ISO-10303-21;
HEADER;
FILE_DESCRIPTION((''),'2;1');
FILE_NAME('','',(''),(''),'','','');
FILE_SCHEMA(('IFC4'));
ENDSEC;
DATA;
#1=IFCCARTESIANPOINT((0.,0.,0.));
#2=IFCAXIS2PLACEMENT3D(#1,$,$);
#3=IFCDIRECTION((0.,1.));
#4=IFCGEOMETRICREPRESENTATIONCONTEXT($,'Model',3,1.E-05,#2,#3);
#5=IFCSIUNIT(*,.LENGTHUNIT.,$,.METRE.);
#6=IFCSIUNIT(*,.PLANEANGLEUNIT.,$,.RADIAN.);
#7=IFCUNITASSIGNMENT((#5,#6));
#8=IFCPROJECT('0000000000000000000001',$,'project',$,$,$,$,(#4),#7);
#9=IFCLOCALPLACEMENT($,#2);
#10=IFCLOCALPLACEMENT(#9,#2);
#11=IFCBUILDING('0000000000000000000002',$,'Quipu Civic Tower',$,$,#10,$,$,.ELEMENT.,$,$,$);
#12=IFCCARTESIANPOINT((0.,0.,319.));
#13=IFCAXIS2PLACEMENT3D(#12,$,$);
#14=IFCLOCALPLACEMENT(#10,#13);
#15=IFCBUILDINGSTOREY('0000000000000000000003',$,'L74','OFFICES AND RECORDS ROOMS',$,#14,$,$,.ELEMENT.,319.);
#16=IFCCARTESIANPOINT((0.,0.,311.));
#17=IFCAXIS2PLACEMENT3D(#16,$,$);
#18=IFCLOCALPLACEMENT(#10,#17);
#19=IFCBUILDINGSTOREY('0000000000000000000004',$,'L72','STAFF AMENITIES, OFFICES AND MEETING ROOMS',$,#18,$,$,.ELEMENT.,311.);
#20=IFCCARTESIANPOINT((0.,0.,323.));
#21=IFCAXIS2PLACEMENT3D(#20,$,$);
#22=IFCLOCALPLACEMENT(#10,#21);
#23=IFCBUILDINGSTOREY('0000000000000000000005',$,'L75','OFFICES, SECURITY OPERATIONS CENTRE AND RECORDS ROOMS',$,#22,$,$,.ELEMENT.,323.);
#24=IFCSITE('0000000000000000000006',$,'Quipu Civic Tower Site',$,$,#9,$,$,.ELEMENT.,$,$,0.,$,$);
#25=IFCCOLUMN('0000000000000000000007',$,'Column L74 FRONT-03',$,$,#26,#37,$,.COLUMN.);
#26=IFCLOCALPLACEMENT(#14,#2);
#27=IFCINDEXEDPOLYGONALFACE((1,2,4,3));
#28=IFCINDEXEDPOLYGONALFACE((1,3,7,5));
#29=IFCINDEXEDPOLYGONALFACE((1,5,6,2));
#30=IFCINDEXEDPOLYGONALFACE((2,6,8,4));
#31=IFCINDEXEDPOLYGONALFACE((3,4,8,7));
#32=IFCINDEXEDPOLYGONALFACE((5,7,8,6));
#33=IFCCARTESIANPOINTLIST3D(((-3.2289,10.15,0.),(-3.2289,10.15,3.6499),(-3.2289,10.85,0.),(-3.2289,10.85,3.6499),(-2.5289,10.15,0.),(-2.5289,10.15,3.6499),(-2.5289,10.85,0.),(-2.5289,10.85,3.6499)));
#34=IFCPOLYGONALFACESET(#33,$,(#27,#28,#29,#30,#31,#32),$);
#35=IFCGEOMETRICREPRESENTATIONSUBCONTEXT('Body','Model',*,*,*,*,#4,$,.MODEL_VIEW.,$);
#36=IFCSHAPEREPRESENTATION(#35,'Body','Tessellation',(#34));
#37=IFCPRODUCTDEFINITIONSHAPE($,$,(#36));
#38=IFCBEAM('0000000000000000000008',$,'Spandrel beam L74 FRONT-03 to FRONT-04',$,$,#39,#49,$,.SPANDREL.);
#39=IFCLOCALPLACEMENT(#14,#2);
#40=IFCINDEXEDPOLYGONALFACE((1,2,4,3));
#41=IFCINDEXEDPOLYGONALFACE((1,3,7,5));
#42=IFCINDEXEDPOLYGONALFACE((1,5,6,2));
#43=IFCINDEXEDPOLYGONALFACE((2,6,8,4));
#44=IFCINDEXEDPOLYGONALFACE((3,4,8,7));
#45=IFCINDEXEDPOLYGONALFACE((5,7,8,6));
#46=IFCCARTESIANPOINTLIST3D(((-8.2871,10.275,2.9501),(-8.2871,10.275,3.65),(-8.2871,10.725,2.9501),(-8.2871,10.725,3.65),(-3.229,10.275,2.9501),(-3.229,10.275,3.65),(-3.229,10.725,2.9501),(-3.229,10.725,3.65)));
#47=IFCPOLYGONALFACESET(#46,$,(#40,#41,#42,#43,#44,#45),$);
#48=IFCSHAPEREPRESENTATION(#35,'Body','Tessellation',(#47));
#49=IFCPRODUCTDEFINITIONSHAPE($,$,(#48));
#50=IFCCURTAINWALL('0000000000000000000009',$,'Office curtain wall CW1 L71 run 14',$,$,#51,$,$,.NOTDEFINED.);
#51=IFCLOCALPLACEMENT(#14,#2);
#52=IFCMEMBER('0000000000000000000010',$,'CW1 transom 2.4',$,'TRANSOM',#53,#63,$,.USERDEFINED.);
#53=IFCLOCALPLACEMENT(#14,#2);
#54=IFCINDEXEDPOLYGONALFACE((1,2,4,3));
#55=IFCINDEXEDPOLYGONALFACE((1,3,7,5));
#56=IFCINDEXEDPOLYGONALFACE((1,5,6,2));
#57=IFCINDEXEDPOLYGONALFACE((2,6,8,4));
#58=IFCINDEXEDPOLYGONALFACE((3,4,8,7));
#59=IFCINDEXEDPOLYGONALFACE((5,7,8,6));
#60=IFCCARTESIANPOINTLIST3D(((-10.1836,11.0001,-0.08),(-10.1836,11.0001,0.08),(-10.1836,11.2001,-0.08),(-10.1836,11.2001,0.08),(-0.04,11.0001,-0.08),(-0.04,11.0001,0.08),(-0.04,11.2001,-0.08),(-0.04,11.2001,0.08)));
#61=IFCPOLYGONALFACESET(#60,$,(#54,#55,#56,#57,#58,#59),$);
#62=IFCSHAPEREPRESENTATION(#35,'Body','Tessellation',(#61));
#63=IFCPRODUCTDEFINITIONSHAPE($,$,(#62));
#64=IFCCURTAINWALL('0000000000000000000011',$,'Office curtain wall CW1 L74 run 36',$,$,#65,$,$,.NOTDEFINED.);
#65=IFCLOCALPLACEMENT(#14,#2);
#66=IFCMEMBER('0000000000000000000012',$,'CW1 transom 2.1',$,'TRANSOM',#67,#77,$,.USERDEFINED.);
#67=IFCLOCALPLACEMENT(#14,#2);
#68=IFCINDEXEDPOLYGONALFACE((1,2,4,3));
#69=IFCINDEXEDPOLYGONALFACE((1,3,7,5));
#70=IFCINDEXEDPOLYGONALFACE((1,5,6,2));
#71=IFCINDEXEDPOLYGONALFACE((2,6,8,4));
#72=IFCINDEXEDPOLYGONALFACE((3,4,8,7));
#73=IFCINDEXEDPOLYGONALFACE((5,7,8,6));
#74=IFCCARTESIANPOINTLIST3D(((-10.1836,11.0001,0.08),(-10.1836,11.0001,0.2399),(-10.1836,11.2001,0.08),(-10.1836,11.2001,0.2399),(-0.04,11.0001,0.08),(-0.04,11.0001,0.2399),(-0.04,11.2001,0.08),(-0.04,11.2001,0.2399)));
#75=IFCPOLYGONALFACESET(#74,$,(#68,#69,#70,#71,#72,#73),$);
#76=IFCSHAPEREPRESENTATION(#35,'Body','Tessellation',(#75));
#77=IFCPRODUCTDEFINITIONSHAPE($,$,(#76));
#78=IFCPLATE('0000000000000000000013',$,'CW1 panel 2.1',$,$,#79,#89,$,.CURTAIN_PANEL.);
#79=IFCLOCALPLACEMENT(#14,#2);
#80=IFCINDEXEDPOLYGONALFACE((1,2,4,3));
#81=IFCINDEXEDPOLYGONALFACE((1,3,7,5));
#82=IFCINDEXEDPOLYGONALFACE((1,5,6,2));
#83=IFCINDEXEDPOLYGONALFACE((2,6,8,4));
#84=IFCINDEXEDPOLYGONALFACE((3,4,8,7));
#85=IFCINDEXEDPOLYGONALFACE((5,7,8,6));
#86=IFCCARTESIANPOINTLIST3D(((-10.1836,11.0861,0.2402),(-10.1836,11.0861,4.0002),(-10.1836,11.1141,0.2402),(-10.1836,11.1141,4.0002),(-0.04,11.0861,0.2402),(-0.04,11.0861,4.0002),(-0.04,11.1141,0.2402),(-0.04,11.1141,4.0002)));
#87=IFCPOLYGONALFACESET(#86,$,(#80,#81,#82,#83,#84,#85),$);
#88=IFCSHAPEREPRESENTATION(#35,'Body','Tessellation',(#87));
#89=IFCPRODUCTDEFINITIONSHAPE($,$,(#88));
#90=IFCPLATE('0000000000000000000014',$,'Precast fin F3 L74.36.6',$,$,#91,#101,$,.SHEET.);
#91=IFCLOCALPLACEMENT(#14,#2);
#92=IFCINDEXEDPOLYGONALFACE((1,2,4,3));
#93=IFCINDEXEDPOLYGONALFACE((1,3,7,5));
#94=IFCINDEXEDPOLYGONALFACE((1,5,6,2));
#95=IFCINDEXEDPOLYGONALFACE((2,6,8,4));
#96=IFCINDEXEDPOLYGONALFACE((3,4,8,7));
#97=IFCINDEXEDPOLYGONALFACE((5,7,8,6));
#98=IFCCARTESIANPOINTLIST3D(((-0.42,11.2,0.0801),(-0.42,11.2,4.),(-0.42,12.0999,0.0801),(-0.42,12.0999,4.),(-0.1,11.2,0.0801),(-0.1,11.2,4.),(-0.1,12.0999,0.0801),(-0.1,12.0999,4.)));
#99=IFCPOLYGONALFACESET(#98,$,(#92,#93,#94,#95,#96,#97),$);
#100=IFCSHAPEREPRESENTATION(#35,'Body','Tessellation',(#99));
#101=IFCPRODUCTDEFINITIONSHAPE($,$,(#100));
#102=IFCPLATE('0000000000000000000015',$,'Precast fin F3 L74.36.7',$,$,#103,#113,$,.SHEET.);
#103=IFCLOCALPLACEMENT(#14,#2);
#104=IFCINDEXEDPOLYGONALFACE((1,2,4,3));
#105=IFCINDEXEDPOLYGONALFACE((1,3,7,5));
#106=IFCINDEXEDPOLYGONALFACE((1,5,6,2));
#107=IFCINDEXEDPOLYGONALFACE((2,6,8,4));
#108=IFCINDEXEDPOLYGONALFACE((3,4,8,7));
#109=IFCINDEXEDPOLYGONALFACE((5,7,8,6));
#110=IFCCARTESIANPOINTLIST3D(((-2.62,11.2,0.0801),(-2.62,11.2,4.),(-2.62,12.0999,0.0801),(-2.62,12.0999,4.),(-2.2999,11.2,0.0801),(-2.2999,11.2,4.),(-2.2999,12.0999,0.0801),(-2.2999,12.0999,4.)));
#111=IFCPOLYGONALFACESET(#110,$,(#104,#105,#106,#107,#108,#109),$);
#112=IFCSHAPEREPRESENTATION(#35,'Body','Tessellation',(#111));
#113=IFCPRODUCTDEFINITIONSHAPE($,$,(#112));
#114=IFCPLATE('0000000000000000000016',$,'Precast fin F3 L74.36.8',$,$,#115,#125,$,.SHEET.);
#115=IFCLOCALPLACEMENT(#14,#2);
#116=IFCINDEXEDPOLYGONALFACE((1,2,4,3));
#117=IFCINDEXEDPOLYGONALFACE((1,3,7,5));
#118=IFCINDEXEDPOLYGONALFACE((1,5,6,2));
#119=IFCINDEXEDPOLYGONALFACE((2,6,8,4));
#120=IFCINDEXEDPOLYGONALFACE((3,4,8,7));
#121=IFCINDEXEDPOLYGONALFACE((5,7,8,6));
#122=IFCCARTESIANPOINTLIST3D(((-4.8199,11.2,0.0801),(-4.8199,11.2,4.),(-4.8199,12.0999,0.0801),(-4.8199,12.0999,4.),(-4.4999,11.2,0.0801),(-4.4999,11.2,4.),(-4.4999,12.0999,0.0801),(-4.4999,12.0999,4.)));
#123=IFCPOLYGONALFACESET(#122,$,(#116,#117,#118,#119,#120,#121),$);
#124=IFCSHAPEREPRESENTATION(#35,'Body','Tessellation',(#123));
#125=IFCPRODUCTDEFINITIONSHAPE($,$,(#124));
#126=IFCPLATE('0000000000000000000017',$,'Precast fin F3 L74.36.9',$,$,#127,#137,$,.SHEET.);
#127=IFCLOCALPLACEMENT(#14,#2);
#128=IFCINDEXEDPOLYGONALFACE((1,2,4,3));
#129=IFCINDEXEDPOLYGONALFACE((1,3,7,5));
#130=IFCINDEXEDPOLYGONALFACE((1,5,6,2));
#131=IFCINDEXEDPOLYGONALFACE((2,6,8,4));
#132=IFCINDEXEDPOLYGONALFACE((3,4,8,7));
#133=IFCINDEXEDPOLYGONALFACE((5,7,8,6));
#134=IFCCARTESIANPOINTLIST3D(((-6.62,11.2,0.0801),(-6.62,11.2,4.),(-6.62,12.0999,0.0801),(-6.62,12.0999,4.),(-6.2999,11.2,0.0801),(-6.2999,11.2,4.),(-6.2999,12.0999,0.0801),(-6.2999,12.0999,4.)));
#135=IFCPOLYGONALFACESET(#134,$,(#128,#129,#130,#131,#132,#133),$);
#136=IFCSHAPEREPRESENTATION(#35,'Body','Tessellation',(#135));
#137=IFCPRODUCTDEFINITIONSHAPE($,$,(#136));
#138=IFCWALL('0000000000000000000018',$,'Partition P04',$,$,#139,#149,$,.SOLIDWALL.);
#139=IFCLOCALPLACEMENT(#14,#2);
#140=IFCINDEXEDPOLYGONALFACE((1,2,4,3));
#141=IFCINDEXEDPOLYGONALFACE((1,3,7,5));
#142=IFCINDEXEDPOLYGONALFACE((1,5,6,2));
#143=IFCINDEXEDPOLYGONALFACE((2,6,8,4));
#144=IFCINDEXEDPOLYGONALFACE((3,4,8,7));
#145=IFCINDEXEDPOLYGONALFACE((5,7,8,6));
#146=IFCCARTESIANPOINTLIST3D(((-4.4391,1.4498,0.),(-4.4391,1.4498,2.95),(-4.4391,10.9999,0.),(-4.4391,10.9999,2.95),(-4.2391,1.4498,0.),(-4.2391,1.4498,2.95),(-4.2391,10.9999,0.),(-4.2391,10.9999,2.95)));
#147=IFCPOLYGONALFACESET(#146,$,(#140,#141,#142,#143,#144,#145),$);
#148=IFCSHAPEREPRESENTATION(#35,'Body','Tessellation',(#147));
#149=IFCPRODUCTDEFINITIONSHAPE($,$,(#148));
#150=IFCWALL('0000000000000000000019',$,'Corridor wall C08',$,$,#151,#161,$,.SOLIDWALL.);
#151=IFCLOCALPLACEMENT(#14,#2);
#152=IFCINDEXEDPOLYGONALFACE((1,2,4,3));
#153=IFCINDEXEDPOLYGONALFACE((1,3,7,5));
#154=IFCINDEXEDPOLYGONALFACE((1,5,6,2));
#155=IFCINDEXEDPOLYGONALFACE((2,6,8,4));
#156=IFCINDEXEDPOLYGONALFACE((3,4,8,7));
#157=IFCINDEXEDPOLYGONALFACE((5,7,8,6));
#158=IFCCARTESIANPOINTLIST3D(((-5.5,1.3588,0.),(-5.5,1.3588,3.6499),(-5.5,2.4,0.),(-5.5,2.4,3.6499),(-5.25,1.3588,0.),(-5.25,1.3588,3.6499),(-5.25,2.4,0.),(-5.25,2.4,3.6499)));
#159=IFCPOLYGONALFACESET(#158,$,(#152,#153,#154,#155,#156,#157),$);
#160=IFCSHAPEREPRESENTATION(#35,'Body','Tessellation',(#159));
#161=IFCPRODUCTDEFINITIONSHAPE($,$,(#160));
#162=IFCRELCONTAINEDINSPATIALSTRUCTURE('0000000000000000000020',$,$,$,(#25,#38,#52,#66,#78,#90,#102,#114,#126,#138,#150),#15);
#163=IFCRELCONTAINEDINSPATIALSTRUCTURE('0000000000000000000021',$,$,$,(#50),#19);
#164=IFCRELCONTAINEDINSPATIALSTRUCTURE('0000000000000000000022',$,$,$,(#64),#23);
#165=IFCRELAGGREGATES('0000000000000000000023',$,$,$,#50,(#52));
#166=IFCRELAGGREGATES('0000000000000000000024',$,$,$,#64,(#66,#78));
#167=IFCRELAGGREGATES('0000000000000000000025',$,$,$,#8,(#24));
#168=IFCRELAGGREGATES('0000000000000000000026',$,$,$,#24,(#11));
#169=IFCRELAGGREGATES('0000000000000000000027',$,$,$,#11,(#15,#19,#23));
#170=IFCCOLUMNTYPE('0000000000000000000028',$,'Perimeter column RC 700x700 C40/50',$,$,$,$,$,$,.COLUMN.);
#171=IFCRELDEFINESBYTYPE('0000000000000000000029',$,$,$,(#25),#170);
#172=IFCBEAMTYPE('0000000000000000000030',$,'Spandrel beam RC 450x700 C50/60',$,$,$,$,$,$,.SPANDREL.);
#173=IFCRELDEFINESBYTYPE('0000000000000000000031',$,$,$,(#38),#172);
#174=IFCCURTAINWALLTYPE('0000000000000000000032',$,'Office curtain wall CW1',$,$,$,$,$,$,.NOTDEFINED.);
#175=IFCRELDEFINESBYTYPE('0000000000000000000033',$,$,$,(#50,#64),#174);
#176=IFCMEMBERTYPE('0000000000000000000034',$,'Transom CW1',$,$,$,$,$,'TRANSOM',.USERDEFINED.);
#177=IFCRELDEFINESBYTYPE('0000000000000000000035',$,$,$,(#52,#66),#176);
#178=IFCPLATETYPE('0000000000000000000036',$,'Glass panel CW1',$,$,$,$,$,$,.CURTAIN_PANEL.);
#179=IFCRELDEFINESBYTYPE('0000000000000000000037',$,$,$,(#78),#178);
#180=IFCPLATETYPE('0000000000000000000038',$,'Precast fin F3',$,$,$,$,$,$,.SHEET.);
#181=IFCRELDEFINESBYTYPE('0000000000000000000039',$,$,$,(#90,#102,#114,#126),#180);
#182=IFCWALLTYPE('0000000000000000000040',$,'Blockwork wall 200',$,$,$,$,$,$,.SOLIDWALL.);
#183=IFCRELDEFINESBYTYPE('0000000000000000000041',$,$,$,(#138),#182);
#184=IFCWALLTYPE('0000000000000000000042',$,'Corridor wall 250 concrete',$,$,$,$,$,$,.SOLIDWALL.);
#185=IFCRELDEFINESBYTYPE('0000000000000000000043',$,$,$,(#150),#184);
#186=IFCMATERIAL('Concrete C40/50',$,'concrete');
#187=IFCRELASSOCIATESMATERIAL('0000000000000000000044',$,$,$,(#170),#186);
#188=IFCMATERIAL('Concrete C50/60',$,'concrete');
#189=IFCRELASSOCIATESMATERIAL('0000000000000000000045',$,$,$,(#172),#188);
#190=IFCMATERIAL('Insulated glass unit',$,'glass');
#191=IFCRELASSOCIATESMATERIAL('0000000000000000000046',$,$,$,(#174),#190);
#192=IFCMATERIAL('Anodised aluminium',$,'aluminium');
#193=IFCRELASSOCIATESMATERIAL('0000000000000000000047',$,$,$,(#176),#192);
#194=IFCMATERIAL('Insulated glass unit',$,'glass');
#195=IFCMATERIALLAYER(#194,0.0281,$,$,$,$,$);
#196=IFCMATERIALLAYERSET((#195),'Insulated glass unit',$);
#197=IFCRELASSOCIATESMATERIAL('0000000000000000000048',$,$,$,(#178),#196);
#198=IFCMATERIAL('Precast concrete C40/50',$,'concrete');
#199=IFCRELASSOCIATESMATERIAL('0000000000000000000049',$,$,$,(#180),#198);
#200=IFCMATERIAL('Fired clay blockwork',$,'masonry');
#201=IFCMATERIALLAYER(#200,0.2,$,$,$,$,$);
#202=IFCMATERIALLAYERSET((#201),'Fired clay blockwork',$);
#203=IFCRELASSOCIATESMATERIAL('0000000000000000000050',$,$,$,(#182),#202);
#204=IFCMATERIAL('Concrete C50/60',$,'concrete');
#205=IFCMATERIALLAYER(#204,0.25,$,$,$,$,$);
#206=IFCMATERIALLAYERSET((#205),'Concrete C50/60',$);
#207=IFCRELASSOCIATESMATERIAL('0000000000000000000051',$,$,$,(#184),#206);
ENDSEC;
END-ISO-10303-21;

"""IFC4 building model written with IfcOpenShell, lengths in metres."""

from ifc_helpers import new_model, si_unit, direction, frame, frame_2d, origin, origin_2d, place, context, subcontext, project, spatial, rectangle, extrude, material, layer, layer_set, material_profile, profile_set, type_object, element, aggregate, save


model = new_model("IFC4")

# Units and contexts
model_context = context("Model", 3, precision=1e-05, world=origin(), true_north=direction((0.0, 1.0)))
body_context = subcontext(model_context, "Body", "Model", "MODEL_VIEW")
ifc_project = project(units=[si_unit("LENGTHUNIT", "METRE"), si_unit("PLANEANGLEUNIT", "RADIAN")], contexts=[model_context])

# Site, building, storey
site_placement = place(None, origin())
site = spatial("IfcSite", under=ifc_project, at=site_placement, Name="Quipu Civic Tower Site", CompositionType="ELEMENT", RefElevation=0.0)
building_placement = place(site_placement, origin())
building = spatial("IfcBuilding", under=site, at=building_placement, Name="Quipu Civic Tower", CompositionType="ELEMENT")
storey_1_placement = place(building_placement, frame((0.0, 0.0, 319.0)))
storey_1 = spatial("IfcBuildingStorey", under=building, at=storey_1_placement, Name="L74", Description="OFFICES AND RECORDS ROOMS", CompositionType="ELEMENT", Elevation=319.0)

# Column
ifc_material_1 = material(Name="Concrete C40/50", Category="concrete")
ifc_material_profile_1 = material_profile(ifc_material_1, rectangle(XDim=0.7, YDim=0.7, at=origin_2d()), Name="RC700x700")
ifc_profile_set_1 = profile_set([ifc_material_profile_1], Name="Concrete C40/50")
column_type = type_object("IfcColumnType", Name="Perimeter column RC 700x700 C40/50", PredefinedType="COLUMN", material=ifc_profile_set_1)
column_placement = place(storey_1_placement, frame((-2.8789, 10.5, 0.0), z_axis=(0.0, 0.0, 1.0), x_axis=(-1.0, 0.0, 0.0)))
element("IfcColumn", 1, at=column_placement, inside=storey_1, type_object=column_type, Name="Column L74 FRONT-03", PredefinedType="COLUMN", context=body_context, shape_type="SweptSolid", body=[
    extrude(rectangle(XDim=0.7, YDim=0.7, at=origin_2d()), origin(), (0.0, 0.0, 1.0), 3.6499),
])

# Beam
ifc_material_2 = material(Name="Concrete C50/60", Category="concrete")
ifc_material_profile_2 = material_profile(ifc_material_2, rectangle(XDim=0.45, YDim=0.7, at=origin_2d()), Name="RC450x700")
ifc_profile_set_2 = profile_set([ifc_material_profile_2], Name="Concrete C50/60")
beam_type = type_object("IfcBeamType", Name="Spandrel beam RC 450x700 C50/60", PredefinedType="SPANDREL", material=ifc_profile_set_2)
beam_placement = place(storey_1_placement, frame((-3.229, 10.5, 3.3), z_axis=(-1.0, 0.0, 0.0), x_axis=(0.0, -1.0, 0.0)))
element("IfcBeam", 2, at=beam_placement, inside=storey_1, type_object=beam_type, Name="Spandrel beam L74 FRONT-03 to FRONT-04", PredefinedType="SPANDREL", context=body_context, shape_type="SweptSolid", body=[
    extrude(rectangle(XDim=0.45, YDim=0.7, at=origin_2d()), origin(), (0.0, 0.0, 1.0), 5.0581),
])

# Shared definitions
storey_2_placement = place(building_placement, frame((0.0, 0.0, 311.0)))
storey_2 = spatial("IfcBuildingStorey", under=building, at=storey_2_placement, Name="L72", Description="STAFF AMENITIES, OFFICES AND MEETING ROOMS", CompositionType="ELEMENT", Elevation=311.0)

# Curtain wall, member
ifc_material_3 = material(Name="Insulated glass unit", Category="glass")
curtain_wall_type = type_object("IfcCurtainWallType", Name="Office curtain wall CW1", PredefinedType="NOTDEFINED", material=ifc_material_3)
curtain_wall_1_placement = place(storey_2_placement, origin())
curtain_wall_1 = element("IfcCurtainWall", 3, at=curtain_wall_1_placement, inside=storey_2, type_object=curtain_wall_type, Name="Office curtain wall CW1 L71 run 14", PredefinedType="NOTDEFINED")
ifc_material_4 = material(Name="Anodised aluminium", Category="aluminium")
ifc_material_profile_3 = material_profile(ifc_material_4, rectangle(XDim=0.2, YDim=0.1599, at=origin_2d()), Name="RECT 200x160")
ifc_profile_set_3 = profile_set([ifc_material_profile_3], Name="Anodised aluminium")
member_type = type_object("IfcMemberType", Name="Transom CW1", ElementType="TRANSOM", PredefinedType="USERDEFINED", material=ifc_profile_set_3)
member_1_placement = place(storey_1_placement, frame((-0.04, 11.1001, 0.0), z_axis=(-1.0, 0.0, 0.0), x_axis=(0.0, -1.0, 0.0)))
member_1 = element("IfcMember", 4, at=member_1_placement, inside=storey_1, type_object=member_type, Name="CW1 transom 2.4", ObjectType="TRANSOM", PredefinedType="USERDEFINED", context=body_context, shape_type="SweptSolid", body=[
    extrude(rectangle(XDim=0.2, YDim=0.1599, at=origin_2d()), origin(), (0.0, 0.0, 1.0), 10.1436),
])
aggregate(curtain_wall_1, [member_1])

# Shared definitions
storey_3_placement = place(building_placement, frame((0.0, 0.0, 323.0)))
storey_3 = spatial("IfcBuildingStorey", under=building, at=storey_3_placement, Name="L75", Description="OFFICES, SECURITY OPERATIONS CENTRE AND RECORDS ROOMS", CompositionType="ELEMENT", Elevation=323.0)

# Curtain wall, member, plate
curtain_wall_2_placement = place(storey_3_placement, origin())
curtain_wall_2 = element("IfcCurtainWall", 5, at=curtain_wall_2_placement, inside=storey_3, type_object=curtain_wall_type, Name="Office curtain wall CW1 L74 run 36", PredefinedType="NOTDEFINED")
member_2_placement = place(storey_1_placement, frame((-0.04, 11.1001, 0.1599), z_axis=(-1.0, 0.0, 0.0), x_axis=(0.0, -1.0, 0.0)))
member_2 = element("IfcMember", 6, at=member_2_placement, inside=storey_1, type_object=member_type, Name="CW1 transom 2.1", ObjectType="TRANSOM", PredefinedType="USERDEFINED", context=body_context, shape_type="SweptSolid", body=[
    extrude(rectangle(XDim=0.2, YDim=0.1599, at=origin_2d()), origin(), (0.0, 0.0, 1.0), 10.1436),
])
ifc_material_5 = material(Name="Insulated glass unit", Category="glass")
ifc_layer_1 = layer(ifc_material_5, 0.0281)
ifc_layer_set_1 = layer_set([ifc_layer_1], Name="Insulated glass unit")
plate_type_1 = type_object("IfcPlateType", Name="Glass panel CW1", PredefinedType="CURTAIN_PANEL", material=ifc_layer_set_1)
plate_placement = place(storey_1_placement, frame((-5.1118, 11.1001, 0.2402), z_axis=(0.0, 0.0, 1.0), x_axis=(-1.0, 0.0, 0.0)))
plate = element("IfcPlate", 7, at=plate_placement, inside=storey_1, type_object=plate_type_1, Name="CW1 panel 2.1", PredefinedType="CURTAIN_PANEL", context=body_context, shape_type="SweptSolid", body=[
    extrude(rectangle(XDim=10.1436, YDim=0.0281, at=origin_2d()), origin(), (0.0, 0.0, 1.0), 3.76),
])
aggregate(curtain_wall_2, [member_2, plate])

# Plates
ifc_material_6 = material(Name="Precast concrete C40/50", Category="concrete")
plate_type_2 = type_object("IfcPlateType", Name="Precast fin F3", PredefinedType="SHEET", material=ifc_material_6)
for number, where, z_axis, x_axis, name in (
    (8, (-0.26, 11.6499, 0.0801), (0.0, 0.0, 1.0), (-1.0, 0.0, 0.0), "Precast fin F3 L74.36.6"),
    (9, (-2.46, 11.6499, 0.0801), (0.0, 0.0, 1.0), (-1.0, 0.0, 0.0), "Precast fin F3 L74.36.7"),
    (10, (-4.6599, 11.6499, 0.0801), (0.0, 0.0, 1.0), (-1.0, 0.0, 0.0), "Precast fin F3 L74.36.8"),
    (11, (-6.46, 11.6499, 0.0801), (0.0, 0.0, 1.0), (-1.0, 0.0, 0.0), "Precast fin F3 L74.36.9"),
):
    element("IfcPlate", number, at=place(storey_1_placement, frame(where, z_axis=z_axis, x_axis=x_axis)), inside=storey_1, type_object=plate_type_2, Name=name, PredefinedType="SHEET", context=body_context, shape_type="SweptSolid", body=[
        extrude(rectangle(XDim=0.3201, YDim=0.8999, at=origin_2d()), origin(), (0.0, 0.0, 1.0), 3.9199),
    ])

# Walls
ifc_material_7 = material(Name="Fired clay blockwork", Category="masonry")
ifc_layer_2 = layer(ifc_material_7, 0.2)
ifc_layer_set_2 = layer_set([ifc_layer_2], Name="Fired clay blockwork")
wall_type_1 = type_object("IfcWallType", Name="Blockwork wall 200", PredefinedType="SOLIDWALL", material=ifc_layer_set_2)
wall_1_placement = place(storey_1_placement, frame((-4.3391, 1.45, 0.0), z_axis=(0.0, 0.0, 1.0), x_axis=(0.0, 1.0, 0.0)))
element("IfcWall", 12, at=wall_1_placement, inside=storey_1, type_object=wall_type_1, Name="Partition P04", PredefinedType="SOLIDWALL", context=body_context, shape_type="SweptSolid", body=[
    extrude(rectangle(XDim=9.55, YDim=0.2, at=frame_2d((4.7749, 0.0))), origin(), (0.0, 0.0, 1.0), 2.95),
])
ifc_material_8 = material(Name="Concrete C50/60", Category="concrete")
ifc_layer_3 = layer(ifc_material_8, 0.25)
ifc_layer_set_3 = layer_set([ifc_layer_3], Name="Concrete C50/60")
wall_type_2 = type_object("IfcWallType", Name="Corridor wall 250 concrete", PredefinedType="SOLIDWALL", material=ifc_layer_set_3)
wall_2_placement = place(storey_1_placement, frame((-5.375, 2.3999, 0.0), z_axis=(0.0, 0.0, 1.0), x_axis=(0.0, -1.0, 0.0)))
element("IfcWall", 13, at=wall_2_placement, inside=storey_1, type_object=wall_type_2, Name="Corridor wall C08", PredefinedType="SOLIDWALL", context=body_context, shape_type="SweptSolid", body=[
    extrude(rectangle(XDim=1.0413, YDim=0.25, at=frame_2d((0.5205, 0.0))), origin(), (0.0, 0.0, 1.0), 3.6499),
])

save(model, "model.ifc")
